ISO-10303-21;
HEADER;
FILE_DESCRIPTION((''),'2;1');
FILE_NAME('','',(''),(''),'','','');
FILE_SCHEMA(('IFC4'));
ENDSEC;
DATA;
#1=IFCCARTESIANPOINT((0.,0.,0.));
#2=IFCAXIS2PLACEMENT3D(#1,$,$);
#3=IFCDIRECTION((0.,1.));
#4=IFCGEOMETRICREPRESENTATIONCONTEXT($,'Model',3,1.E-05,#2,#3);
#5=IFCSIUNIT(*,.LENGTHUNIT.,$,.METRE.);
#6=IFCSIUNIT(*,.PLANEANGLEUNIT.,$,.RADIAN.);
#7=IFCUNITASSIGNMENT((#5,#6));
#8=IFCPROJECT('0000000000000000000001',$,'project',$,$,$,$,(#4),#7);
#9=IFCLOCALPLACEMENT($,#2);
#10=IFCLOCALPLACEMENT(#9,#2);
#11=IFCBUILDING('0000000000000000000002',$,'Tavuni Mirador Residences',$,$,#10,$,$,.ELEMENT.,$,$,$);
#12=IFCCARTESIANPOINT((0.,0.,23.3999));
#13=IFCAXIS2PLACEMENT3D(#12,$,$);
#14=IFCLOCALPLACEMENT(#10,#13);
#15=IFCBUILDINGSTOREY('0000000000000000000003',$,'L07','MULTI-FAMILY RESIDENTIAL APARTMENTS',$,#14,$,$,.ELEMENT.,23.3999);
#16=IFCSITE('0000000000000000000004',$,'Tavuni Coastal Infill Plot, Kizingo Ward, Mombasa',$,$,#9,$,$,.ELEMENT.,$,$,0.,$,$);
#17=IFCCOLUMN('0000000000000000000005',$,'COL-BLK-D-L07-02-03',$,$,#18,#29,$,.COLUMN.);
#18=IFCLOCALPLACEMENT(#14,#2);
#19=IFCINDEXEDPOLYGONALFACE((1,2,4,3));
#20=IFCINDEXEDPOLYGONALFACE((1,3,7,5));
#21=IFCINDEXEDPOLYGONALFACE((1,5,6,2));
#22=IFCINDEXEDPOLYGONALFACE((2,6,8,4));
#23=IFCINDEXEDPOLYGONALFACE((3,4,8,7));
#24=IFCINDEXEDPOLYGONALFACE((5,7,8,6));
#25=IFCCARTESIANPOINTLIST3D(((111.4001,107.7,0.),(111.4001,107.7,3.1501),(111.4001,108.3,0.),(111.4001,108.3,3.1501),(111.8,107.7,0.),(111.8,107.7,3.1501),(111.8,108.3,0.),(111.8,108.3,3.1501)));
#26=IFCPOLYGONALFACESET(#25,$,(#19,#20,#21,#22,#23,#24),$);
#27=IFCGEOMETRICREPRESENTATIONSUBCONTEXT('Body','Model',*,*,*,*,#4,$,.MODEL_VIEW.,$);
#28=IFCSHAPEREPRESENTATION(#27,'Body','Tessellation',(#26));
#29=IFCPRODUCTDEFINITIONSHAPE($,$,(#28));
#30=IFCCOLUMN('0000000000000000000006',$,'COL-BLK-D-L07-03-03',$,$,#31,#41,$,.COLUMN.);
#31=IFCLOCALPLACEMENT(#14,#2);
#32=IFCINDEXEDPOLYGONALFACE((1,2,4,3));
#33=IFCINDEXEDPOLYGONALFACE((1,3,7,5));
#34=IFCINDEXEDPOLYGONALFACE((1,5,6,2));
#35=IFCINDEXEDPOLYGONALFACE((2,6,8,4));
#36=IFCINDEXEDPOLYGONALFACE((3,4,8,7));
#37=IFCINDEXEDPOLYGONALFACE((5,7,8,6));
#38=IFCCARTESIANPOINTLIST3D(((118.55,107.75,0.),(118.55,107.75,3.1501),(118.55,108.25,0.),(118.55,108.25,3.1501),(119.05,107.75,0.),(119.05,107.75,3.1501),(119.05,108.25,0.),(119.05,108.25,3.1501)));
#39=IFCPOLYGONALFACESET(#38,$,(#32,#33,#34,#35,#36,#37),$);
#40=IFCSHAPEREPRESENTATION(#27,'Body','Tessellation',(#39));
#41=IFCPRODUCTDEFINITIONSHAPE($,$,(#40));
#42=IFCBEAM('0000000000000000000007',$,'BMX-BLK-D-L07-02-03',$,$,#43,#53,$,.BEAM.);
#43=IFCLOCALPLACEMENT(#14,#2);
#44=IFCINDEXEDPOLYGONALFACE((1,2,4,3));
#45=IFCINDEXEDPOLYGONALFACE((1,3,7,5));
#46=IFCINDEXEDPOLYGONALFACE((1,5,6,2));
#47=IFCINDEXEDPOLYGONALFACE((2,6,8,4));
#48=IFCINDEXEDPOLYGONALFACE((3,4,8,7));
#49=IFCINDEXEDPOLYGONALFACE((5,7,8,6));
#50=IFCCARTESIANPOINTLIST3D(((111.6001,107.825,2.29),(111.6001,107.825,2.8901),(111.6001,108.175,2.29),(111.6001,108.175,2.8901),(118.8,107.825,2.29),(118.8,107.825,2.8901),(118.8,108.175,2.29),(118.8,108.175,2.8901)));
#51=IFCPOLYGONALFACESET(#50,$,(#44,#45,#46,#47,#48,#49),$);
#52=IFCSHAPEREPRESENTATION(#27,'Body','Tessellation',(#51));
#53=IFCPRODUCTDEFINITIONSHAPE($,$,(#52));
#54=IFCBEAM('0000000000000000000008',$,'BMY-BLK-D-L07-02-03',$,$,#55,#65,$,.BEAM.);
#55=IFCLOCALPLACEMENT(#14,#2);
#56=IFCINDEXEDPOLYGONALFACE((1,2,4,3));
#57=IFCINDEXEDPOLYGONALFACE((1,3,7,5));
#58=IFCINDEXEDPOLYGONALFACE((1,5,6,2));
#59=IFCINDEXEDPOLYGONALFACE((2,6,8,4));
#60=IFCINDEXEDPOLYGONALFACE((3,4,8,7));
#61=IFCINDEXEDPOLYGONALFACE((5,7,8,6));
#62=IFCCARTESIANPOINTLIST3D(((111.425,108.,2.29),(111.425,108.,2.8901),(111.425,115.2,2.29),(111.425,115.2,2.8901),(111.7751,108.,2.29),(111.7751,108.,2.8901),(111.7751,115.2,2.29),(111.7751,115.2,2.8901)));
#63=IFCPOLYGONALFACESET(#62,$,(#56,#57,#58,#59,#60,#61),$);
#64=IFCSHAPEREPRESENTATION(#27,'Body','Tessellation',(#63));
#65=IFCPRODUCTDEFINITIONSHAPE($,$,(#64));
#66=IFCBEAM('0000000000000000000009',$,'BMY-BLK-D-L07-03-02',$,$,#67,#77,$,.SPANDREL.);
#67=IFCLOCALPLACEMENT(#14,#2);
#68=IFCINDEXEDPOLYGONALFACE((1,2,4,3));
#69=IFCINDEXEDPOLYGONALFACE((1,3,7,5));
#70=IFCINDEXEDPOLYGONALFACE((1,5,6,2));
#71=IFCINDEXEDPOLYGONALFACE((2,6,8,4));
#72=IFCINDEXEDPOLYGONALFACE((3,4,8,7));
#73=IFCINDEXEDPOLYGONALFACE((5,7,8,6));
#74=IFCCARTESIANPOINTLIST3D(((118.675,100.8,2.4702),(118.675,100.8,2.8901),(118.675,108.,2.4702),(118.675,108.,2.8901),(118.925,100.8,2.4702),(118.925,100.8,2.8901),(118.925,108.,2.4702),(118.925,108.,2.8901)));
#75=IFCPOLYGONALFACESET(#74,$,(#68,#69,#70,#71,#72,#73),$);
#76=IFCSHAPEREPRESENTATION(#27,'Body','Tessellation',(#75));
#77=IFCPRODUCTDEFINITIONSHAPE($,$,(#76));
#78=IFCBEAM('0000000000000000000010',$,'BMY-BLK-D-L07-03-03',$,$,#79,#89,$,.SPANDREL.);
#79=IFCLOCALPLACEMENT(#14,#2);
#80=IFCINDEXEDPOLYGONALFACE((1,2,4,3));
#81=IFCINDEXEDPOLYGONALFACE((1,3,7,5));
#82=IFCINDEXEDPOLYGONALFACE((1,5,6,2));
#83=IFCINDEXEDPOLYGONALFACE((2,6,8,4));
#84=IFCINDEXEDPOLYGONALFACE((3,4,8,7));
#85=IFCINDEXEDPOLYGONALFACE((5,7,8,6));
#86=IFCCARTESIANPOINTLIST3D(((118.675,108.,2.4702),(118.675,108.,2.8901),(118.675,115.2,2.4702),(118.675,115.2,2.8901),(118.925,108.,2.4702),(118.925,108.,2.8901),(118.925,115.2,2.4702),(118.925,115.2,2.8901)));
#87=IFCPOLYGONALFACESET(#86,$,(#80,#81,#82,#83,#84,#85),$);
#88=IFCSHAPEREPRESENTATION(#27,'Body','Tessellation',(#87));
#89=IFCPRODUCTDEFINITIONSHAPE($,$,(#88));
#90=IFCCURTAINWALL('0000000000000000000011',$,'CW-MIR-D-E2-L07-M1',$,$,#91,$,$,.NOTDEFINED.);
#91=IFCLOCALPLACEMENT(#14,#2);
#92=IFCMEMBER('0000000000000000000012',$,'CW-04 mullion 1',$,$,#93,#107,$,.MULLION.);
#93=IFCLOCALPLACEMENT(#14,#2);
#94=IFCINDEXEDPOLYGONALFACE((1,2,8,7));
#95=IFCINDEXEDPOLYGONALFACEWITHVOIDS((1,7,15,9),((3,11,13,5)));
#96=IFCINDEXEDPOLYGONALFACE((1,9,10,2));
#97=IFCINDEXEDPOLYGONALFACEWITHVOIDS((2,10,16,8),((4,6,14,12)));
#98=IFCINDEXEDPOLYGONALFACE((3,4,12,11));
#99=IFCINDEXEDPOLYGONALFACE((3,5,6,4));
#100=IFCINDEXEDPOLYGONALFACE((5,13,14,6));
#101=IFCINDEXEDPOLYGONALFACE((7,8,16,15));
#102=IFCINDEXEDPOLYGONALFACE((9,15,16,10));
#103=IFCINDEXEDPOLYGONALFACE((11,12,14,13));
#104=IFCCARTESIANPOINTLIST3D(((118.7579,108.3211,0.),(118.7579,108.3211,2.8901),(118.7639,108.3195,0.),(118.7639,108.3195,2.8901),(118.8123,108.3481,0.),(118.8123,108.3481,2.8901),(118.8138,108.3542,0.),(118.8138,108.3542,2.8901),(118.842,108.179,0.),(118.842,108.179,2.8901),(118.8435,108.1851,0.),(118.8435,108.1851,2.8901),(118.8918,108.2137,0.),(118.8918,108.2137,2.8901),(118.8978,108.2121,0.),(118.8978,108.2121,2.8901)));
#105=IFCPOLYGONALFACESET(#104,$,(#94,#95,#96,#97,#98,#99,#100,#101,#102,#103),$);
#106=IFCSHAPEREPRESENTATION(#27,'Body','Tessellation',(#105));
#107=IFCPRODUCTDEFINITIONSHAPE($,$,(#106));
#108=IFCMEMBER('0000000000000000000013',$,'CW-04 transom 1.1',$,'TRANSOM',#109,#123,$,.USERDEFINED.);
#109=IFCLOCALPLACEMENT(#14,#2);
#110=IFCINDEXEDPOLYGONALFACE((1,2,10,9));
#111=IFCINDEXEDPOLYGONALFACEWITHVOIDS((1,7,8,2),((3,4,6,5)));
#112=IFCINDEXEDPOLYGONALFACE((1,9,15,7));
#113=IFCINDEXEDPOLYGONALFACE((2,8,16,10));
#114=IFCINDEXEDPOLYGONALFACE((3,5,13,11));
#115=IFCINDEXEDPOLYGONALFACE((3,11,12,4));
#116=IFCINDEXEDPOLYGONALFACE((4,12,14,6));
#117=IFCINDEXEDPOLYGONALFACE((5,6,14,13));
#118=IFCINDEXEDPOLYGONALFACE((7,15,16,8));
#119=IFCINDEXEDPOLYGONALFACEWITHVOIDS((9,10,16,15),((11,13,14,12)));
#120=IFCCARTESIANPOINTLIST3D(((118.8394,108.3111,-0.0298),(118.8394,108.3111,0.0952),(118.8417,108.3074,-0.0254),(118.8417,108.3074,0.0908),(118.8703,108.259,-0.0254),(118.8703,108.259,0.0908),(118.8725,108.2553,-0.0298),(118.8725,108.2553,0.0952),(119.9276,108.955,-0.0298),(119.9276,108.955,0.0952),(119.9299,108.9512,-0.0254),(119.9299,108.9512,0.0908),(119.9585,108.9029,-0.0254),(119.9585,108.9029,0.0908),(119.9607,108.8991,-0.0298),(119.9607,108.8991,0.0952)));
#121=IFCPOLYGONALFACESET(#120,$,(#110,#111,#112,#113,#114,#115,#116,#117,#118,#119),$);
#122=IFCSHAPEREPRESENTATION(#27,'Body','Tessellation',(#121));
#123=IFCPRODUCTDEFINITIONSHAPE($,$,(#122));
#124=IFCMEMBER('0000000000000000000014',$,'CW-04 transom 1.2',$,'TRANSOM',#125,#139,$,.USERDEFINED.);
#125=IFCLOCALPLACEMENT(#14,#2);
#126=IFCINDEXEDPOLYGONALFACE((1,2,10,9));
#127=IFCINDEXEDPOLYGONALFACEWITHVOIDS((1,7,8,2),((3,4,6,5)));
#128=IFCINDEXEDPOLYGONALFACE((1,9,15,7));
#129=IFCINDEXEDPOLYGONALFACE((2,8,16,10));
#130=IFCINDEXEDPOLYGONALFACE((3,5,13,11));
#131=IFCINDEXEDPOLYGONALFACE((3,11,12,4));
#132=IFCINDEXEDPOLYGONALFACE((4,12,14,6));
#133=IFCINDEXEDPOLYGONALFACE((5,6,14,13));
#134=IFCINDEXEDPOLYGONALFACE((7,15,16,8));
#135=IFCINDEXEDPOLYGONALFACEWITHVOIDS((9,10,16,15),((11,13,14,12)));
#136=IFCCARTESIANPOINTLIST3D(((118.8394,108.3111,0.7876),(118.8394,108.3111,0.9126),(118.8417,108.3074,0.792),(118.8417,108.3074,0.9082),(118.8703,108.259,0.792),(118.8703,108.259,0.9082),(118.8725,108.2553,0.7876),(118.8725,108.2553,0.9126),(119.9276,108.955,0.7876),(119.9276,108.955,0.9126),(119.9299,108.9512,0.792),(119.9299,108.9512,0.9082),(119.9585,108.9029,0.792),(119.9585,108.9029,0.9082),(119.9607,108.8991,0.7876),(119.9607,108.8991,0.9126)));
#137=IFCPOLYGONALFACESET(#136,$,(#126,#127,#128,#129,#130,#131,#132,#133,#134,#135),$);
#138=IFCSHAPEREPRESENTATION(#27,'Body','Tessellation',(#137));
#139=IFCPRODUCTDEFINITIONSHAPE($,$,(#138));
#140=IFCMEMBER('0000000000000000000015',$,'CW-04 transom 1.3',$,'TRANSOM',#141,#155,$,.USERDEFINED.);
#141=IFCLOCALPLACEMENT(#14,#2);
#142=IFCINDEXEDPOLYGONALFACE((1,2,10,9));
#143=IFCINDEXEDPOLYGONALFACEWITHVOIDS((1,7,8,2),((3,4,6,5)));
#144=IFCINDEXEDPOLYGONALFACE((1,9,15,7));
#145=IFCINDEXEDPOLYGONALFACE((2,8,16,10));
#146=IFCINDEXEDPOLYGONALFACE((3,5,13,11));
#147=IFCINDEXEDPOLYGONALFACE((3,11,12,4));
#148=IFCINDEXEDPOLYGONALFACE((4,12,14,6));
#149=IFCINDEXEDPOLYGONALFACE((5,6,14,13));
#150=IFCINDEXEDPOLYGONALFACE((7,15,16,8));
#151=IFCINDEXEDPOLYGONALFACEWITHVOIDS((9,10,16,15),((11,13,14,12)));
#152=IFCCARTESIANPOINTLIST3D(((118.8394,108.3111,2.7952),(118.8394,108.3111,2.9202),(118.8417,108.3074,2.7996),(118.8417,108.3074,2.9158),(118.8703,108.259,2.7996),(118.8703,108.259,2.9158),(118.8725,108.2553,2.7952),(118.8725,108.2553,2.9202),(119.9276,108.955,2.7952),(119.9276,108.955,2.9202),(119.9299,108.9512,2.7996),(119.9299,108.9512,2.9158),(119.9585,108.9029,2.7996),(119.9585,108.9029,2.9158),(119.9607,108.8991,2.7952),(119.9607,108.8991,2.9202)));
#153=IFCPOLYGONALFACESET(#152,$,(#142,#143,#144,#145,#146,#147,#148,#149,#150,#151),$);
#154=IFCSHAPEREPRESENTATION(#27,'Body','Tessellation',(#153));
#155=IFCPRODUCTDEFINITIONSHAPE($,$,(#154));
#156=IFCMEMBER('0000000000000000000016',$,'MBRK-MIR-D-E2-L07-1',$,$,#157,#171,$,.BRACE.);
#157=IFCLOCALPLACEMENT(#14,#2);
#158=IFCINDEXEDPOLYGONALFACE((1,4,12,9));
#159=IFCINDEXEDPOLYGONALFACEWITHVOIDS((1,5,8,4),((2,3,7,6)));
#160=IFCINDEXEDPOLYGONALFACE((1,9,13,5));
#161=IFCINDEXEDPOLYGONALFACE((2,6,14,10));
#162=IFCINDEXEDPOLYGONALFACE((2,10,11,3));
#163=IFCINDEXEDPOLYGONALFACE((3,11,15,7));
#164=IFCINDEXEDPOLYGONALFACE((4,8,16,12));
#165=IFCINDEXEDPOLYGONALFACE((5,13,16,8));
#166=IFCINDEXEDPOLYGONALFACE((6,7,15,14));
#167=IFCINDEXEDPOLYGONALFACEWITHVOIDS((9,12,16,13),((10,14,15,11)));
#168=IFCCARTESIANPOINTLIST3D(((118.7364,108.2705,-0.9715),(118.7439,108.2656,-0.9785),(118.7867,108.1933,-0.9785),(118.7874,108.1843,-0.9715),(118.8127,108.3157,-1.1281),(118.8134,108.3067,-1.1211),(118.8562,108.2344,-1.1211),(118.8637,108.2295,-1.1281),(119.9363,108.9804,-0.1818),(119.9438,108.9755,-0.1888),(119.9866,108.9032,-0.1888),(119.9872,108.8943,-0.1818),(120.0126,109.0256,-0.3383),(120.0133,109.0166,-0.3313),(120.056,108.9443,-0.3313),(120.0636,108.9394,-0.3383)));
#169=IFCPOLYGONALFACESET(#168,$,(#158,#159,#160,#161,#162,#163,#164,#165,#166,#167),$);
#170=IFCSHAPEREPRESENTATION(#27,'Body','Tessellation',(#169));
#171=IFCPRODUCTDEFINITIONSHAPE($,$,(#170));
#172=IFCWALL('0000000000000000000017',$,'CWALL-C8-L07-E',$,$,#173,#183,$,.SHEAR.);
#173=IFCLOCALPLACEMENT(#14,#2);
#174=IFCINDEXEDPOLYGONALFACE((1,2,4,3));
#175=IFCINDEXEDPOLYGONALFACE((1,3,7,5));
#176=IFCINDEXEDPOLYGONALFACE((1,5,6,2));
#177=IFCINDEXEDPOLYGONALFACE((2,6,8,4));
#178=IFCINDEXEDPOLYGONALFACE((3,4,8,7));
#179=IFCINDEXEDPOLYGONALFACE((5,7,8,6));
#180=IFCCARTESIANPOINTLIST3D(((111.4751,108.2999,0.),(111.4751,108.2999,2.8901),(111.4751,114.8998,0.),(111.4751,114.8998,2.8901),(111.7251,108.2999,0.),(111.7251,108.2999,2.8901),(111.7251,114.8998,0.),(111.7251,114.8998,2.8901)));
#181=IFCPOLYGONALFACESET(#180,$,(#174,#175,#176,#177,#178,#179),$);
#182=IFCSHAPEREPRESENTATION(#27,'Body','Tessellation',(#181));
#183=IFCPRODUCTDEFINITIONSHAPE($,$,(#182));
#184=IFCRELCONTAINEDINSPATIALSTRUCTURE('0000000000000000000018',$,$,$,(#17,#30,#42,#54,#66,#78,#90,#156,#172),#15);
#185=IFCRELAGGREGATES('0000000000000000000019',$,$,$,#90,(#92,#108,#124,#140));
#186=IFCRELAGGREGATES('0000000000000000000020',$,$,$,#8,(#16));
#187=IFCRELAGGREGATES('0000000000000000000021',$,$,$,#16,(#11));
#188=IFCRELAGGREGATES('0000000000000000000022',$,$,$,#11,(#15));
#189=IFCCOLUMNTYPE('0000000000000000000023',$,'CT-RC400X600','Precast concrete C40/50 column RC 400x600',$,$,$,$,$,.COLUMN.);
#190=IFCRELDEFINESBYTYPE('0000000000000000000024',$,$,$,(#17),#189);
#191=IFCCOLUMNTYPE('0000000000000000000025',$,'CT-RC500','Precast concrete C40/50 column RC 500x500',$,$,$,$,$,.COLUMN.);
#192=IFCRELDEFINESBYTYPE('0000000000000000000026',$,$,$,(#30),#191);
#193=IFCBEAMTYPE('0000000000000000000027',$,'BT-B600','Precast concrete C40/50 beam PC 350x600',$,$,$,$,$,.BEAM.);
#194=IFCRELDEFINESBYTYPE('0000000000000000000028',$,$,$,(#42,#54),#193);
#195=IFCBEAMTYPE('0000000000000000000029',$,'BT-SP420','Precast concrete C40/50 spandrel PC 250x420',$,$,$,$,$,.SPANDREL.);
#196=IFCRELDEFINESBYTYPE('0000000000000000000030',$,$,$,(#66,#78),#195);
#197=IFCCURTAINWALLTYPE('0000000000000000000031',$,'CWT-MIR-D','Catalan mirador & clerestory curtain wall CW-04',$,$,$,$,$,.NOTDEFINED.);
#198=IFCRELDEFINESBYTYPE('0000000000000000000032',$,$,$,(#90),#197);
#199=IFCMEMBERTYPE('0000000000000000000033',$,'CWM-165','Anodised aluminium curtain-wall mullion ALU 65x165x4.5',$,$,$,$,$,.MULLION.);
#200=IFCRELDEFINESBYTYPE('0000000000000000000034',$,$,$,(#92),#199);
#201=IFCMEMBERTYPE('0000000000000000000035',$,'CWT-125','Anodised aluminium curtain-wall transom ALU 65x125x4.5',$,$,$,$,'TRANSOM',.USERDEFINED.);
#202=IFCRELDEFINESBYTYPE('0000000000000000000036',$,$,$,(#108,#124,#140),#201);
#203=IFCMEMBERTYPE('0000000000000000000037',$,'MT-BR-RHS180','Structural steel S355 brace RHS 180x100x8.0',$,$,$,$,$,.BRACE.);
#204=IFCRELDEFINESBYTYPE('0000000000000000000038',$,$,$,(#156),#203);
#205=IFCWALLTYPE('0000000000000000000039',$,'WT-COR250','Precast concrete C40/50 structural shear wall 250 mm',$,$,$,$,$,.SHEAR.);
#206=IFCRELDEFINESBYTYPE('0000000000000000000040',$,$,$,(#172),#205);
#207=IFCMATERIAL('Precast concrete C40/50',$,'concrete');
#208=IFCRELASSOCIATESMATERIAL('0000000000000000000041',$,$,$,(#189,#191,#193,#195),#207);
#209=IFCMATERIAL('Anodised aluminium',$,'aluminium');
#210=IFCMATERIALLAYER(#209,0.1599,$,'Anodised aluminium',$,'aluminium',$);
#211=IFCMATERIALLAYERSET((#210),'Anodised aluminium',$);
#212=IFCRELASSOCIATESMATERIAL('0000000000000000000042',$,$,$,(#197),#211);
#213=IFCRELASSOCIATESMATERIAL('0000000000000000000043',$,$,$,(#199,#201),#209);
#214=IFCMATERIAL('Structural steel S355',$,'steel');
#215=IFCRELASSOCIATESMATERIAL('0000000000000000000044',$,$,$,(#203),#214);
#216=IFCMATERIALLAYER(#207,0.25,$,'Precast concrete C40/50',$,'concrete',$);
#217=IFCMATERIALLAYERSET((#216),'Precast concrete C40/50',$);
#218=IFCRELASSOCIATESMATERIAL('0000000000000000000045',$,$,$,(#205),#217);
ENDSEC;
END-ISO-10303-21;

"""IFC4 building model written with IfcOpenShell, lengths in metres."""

from ifc_helpers import new_model, si_unit, direction, frame, frame_2d, origin, origin_2d, place, context, subcontext, project, spatial, rectangle, hollow_rectangle, extrude, material, layer, layer_set, material_profile, profile_set, type_object, element, aggregate, save


model = new_model("IFC4")

# Units and contexts
model_context = context("Model", 3, precision=1e-05, world=origin(), true_north=direction((0.0, 1.0)))
body_context = subcontext(model_context, "Body", "Model", "MODEL_VIEW")
ifc_project = project(units=[si_unit("LENGTHUNIT", "METRE"), si_unit("PLANEANGLEUNIT", "RADIAN")], contexts=[model_context])

# Site, building, storey
site_placement = place(None, origin())
site = spatial("IfcSite", under=ifc_project, at=site_placement, Name="Tavuni Coastal Infill Plot, Kizingo Ward, Mombasa", CompositionType="ELEMENT", RefElevation=0.0)
building_placement = place(site_placement, origin())
building = spatial("IfcBuilding", under=site, at=building_placement, Name="Tavuni Mirador Residences", CompositionType="ELEMENT")
storey_placement = place(building_placement, frame((0.0, 0.0, 23.3999)))
storey = spatial("IfcBuildingStorey", under=building, at=storey_placement, Name="L07", Description="MULTI-FAMILY RESIDENTIAL APARTMENTS", CompositionType="ELEMENT", Elevation=23.3999)

# Columns
ifc_material_1 = material(Name="Precast concrete C40/50", Category="concrete")
ifc_material_profile_1 = material_profile(ifc_material_1, rectangle(XDim=0.3999, YDim=0.6001, at=origin_2d()), Name="RC 400x600", Category="concrete")
ifc_profile_set_1 = profile_set([ifc_material_profile_1], Name="Precast concrete C40/50")
column_type_1 = type_object("IfcColumnType", Name="CT-RC400X600", Description="Precast concrete C40/50 column RC 400x600", PredefinedType="COLUMN", material=ifc_profile_set_1)
column_1_placement = place(storey_placement, frame((111.6001, 108.0, 0.0), z_axis=(0.0, 0.0, 1.0), x_axis=(1.0, 0.0, 0.0)))
element("IfcColumn", 1, at=column_1_placement, inside=storey, type_object=column_type_1, Name="COL-BLK-D-L07-02-03", PredefinedType="COLUMN", context=body_context, shape_type="SweptSolid", body=[
    extrude(rectangle(XDim=0.3999, YDim=0.6001, at=origin_2d()), origin(), (0.0, 0.0, 1.0), 3.1501),
])
ifc_material_profile_2 = material_profile(ifc_material_1, rectangle(XDim=0.5, YDim=0.5, at=origin_2d()), Name="RC 500x500", Category="concrete")
ifc_profile_set_2 = profile_set([ifc_material_profile_2], Name="Precast concrete C40/50")
column_type_2 = type_object("IfcColumnType", Name="CT-RC500", Description="Precast concrete C40/50 column RC 500x500", PredefinedType="COLUMN", material=ifc_profile_set_2)
column_2_placement = place(storey_placement, frame((118.8, 108.0, 0.0), z_axis=(0.0, 0.0, 1.0), x_axis=(1.0, 0.0, 0.0)))
element("IfcColumn", 2, at=column_2_placement, inside=storey, type_object=column_type_2, Name="COL-BLK-D-L07-03-03", PredefinedType="COLUMN", context=body_context, shape_type="SweptSolid", body=[
    extrude(rectangle(XDim=0.5, YDim=0.5, at=origin_2d()), origin(), (0.0, 0.0, 1.0), 3.1501),
])

# Beams
ifc_material_profile_3 = material_profile(ifc_material_1, rectangle(XDim=0.3501, YDim=0.6001, at=origin_2d()), Name="PC 350x600", Category="concrete")
ifc_profile_set_3 = profile_set([ifc_material_profile_3], Name="Precast concrete C40/50")
beam_type_1 = type_object("IfcBeamType", Name="BT-B600", Description="Precast concrete C40/50 beam PC 350x600", PredefinedType="BEAM", material=ifc_profile_set_3)
for number, where, z_axis, x_axis, name in (
    (3, (111.6001, 108.0, 2.5901), (1.0, 0.0, 0.0), (0.0, 1.0, 0.0), "BMX-BLK-D-L07-02-03"),
    (4, (111.6001, 108.0, 2.5901), (0.0, 1.0, 0.0), (-1.0, 0.0, 0.0), "BMY-BLK-D-L07-02-03"),
):
    element("IfcBeam", number, at=place(storey_placement, frame(where, z_axis=z_axis, x_axis=x_axis)), inside=storey, type_object=beam_type_1, Name=name, PredefinedType="BEAM", context=body_context, shape_type="SweptSolid", body=[
        extrude(rectangle(XDim=0.3501, YDim=0.6001, at=origin_2d()), origin(), (0.0, 0.0, 1.0), 7.2),
    ])
ifc_material_profile_4 = material_profile(ifc_material_1, rectangle(XDim=0.25, YDim=0.4199, at=origin_2d()), Name="PC 250x420", Category="concrete")
ifc_profile_set_4 = profile_set([ifc_material_profile_4], Name="Precast concrete C40/50")
beam_type_2 = type_object("IfcBeamType", Name="BT-SP420", Description="Precast concrete C40/50 spandrel PC 250x420", PredefinedType="SPANDREL", material=ifc_profile_set_4)
for number, where, z_axis, x_axis, name in (
    (5, (118.8, 100.8, 2.6802), (0.0, 1.0, 0.0), (-1.0, 0.0, 0.0), "BMY-BLK-D-L07-03-02"),
    (6, (118.8, 108.0, 2.6802), (0.0, 1.0, 0.0), (-1.0, 0.0, 0.0), "BMY-BLK-D-L07-03-03"),
):
    element("IfcBeam", number, at=place(storey_placement, frame(where, z_axis=z_axis, x_axis=x_axis)), inside=storey, type_object=beam_type_2, Name=name, PredefinedType="SPANDREL", context=body_context, shape_type="SweptSolid", body=[
        extrude(rectangle(XDim=0.25, YDim=0.4199, at=origin_2d()), origin(), (0.0, 0.0, 1.0), 7.2),
    ])

# Curtain wall, members
ifc_material_2 = material(Name="Anodised aluminium", Category="aluminium")
ifc_layer_1 = layer(ifc_material_2, 0.1599, Name="Anodised aluminium", Category="aluminium")
ifc_layer_set_1 = layer_set([ifc_layer_1], Name="Anodised aluminium")
curtain_wall_type = type_object("IfcCurtainWallType", Name="CWT-MIR-D", Description="Catalan mirador & clerestory curtain wall CW-04", PredefinedType="NOTDEFINED", material=ifc_layer_set_1)
curtain_wall_placement = place(storey_placement, origin())
curtain_wall = element("IfcCurtainWall", 7, at=curtain_wall_placement, inside=storey, type_object=curtain_wall_type, Name="CW-MIR-D-E2-L07-M1", PredefinedType="NOTDEFINED")
ifc_material_profile_5 = material_profile(ifc_material_2, hollow_rectangle(XDim=0.0649, YDim=0.165, WallThickness=0.0044, at=origin_2d()), Name="ALU 65x165x4.5", Category="aluminium")
ifc_profile_set_5 = profile_set([ifc_material_profile_5], Name="Anodised aluminium")
member_type_1 = type_object("IfcMemberType", Name="CWM-165", Description="Anodised aluminium curtain-wall mullion ALU 65x165x4.5", PredefinedType="MULLION", material=ifc_profile_set_5)
member_1_placement = place(storey_placement, frame((118.8279, 108.2666, 0.0), z_axis=(0.0, 0.0, 1.0), x_axis=(0.860641, 0.509212, 0.0)))
member_1 = element("IfcMember", 8, at=member_1_placement, type_object=member_type_1, Name="CW-04 mullion 1", PredefinedType="MULLION", context=body_context, shape_type="SweptSolid", body=[
    extrude(hollow_rectangle(XDim=0.0649, YDim=0.165, WallThickness=0.0044, at=origin_2d()), origin(), (0.0, 0.0, 1.0), 2.8901),
])
ifc_material_profile_6 = material_profile(ifc_material_2, hollow_rectangle(XDim=0.0649, YDim=0.125, WallThickness=0.0044, at=origin_2d()), Name="ALU 65x125x4.5", Category="aluminium")
ifc_profile_set_6 = profile_set([ifc_material_profile_6], Name="Anodised aluminium")
member_type_2 = type_object("IfcMemberType", Name="CWT-125", Description="Anodised aluminium curtain-wall transom ALU 65x125x4.5", ElementType="TRANSOM", PredefinedType="USERDEFINED", material=ifc_profile_set_6)
member_2_placement = place(storey_placement, frame((118.856, 108.2832, 0.0327), z_axis=(0.860646, 0.509204, 0.0), x_axis=(-0.509204, 0.860646, 0.0)))
member_2 = element("IfcMember", 9, at=member_2_placement, type_object=member_type_2, Name="CW-04 transom 1.1", ObjectType="TRANSOM", PredefinedType="USERDEFINED", context=body_context, shape_type="SweptSolid", body=[
    extrude(hollow_rectangle(XDim=0.0649, YDim=0.125, WallThickness=0.0044, at=origin_2d()), origin(), (0.0, 0.0, 1.0), 1.2644),
])
member_3_placement = place(storey_placement, frame((118.856, 108.2832, 0.8501), z_axis=(0.860646, 0.509204, 0.0), x_axis=(-0.509204, 0.860646, 0.0)))
member_3 = element("IfcMember", 10, at=member_3_placement, type_object=member_type_2, Name="CW-04 transom 1.2", ObjectType="TRANSOM", PredefinedType="USERDEFINED", context=body_context, shape_type="SweptSolid", body=[
    extrude(hollow_rectangle(XDim=0.0649, YDim=0.125, WallThickness=0.0044, at=origin_2d()), origin(), (0.0, 0.0, 1.0), 1.2644),
])
member_4_placement = place(storey_placement, frame((118.856, 108.2832, 2.8577), z_axis=(0.860646, 0.509204, 0.0), x_axis=(-0.509204, 0.860646, 0.0)))
member_4 = element("IfcMember", 11, at=member_4_placement, type_object=member_type_2, Name="CW-04 transom 1.3", ObjectType="TRANSOM", PredefinedType="USERDEFINED", context=body_context, shape_type="SweptSolid", body=[
    extrude(hollow_rectangle(XDim=0.0649, YDim=0.125, WallThickness=0.0044, at=origin_2d()), origin(), (0.0, 0.0, 1.0), 1.2644),
])
aggregate(curtain_wall, [member_1, member_2, member_3, member_4])

# Member
ifc_material_3 = material(Name="Structural steel S355", Category="steel")
ifc_material_profile_7 = material_profile(ifc_material_3, hollow_rectangle(XDim=0.1001, YDim=0.1799, WallThickness=0.0081, at=origin_2d()), Name="RHS 180x100x8.0", Category="steel")
ifc_profile_set_7 = profile_set([ifc_material_profile_7], Name="Structural steel S355")
member_type_3 = type_object("IfcMemberType", Name="MT-BR-RHS180", Description="Structural steel S355 brace RHS 180x100x8.0", PredefinedType="BRACE", material=ifc_profile_set_7)
member_5_placement = place(storey_placement, frame((118.8, 108.25, -1.0498), z_axis=(0.748844, 0.443059, 0.492881), x_axis=(-0.509207, 0.860644, 0.0)))
element("IfcMember", 12, at=member_5_placement, inside=storey, type_object=member_type_3, Name="MBRK-MIR-D-E2-L07-1", PredefinedType="BRACE", context=body_context, shape_type="SweptSolid", body=[
    extrude(hollow_rectangle(XDim=0.1001, YDim=0.1799, WallThickness=0.0081, at=origin_2d()), origin(), (0.0, 0.0, 1.0), 1.6023),
])

# Wall
ifc_layer_2 = layer(ifc_material_1, 0.25, Name="Precast concrete C40/50", Category="concrete")
ifc_layer_set_2 = layer_set([ifc_layer_2], Name="Precast concrete C40/50")
wall_type_1 = type_object("IfcWallType", Name="WT-COR250", Description="Precast concrete C40/50 structural shear wall 250 mm", PredefinedType="SHEAR", material=ifc_layer_set_2)
wall_1_placement = place(storey_placement, frame((111.6001, 108.3, 0.0), z_axis=(0.0, 0.0, 1.0), x_axis=(0.0, 1.0, 0.0)))
element("IfcWall", 13, at=wall_1_placement, inside=storey, type_object=wall_type_1, Name="CWALL-C8-L07-E", PredefinedType="SHEAR", context=body_context, shape_type="SweptSolid", body=[
    extrude(rectangle(XDim=6.5999, YDim=0.25, at=frame_2d((3.2998, 0.0))), origin(), (0.0, 0.0, 1.0), 2.8901),
])

save(model, "model.ifc")
